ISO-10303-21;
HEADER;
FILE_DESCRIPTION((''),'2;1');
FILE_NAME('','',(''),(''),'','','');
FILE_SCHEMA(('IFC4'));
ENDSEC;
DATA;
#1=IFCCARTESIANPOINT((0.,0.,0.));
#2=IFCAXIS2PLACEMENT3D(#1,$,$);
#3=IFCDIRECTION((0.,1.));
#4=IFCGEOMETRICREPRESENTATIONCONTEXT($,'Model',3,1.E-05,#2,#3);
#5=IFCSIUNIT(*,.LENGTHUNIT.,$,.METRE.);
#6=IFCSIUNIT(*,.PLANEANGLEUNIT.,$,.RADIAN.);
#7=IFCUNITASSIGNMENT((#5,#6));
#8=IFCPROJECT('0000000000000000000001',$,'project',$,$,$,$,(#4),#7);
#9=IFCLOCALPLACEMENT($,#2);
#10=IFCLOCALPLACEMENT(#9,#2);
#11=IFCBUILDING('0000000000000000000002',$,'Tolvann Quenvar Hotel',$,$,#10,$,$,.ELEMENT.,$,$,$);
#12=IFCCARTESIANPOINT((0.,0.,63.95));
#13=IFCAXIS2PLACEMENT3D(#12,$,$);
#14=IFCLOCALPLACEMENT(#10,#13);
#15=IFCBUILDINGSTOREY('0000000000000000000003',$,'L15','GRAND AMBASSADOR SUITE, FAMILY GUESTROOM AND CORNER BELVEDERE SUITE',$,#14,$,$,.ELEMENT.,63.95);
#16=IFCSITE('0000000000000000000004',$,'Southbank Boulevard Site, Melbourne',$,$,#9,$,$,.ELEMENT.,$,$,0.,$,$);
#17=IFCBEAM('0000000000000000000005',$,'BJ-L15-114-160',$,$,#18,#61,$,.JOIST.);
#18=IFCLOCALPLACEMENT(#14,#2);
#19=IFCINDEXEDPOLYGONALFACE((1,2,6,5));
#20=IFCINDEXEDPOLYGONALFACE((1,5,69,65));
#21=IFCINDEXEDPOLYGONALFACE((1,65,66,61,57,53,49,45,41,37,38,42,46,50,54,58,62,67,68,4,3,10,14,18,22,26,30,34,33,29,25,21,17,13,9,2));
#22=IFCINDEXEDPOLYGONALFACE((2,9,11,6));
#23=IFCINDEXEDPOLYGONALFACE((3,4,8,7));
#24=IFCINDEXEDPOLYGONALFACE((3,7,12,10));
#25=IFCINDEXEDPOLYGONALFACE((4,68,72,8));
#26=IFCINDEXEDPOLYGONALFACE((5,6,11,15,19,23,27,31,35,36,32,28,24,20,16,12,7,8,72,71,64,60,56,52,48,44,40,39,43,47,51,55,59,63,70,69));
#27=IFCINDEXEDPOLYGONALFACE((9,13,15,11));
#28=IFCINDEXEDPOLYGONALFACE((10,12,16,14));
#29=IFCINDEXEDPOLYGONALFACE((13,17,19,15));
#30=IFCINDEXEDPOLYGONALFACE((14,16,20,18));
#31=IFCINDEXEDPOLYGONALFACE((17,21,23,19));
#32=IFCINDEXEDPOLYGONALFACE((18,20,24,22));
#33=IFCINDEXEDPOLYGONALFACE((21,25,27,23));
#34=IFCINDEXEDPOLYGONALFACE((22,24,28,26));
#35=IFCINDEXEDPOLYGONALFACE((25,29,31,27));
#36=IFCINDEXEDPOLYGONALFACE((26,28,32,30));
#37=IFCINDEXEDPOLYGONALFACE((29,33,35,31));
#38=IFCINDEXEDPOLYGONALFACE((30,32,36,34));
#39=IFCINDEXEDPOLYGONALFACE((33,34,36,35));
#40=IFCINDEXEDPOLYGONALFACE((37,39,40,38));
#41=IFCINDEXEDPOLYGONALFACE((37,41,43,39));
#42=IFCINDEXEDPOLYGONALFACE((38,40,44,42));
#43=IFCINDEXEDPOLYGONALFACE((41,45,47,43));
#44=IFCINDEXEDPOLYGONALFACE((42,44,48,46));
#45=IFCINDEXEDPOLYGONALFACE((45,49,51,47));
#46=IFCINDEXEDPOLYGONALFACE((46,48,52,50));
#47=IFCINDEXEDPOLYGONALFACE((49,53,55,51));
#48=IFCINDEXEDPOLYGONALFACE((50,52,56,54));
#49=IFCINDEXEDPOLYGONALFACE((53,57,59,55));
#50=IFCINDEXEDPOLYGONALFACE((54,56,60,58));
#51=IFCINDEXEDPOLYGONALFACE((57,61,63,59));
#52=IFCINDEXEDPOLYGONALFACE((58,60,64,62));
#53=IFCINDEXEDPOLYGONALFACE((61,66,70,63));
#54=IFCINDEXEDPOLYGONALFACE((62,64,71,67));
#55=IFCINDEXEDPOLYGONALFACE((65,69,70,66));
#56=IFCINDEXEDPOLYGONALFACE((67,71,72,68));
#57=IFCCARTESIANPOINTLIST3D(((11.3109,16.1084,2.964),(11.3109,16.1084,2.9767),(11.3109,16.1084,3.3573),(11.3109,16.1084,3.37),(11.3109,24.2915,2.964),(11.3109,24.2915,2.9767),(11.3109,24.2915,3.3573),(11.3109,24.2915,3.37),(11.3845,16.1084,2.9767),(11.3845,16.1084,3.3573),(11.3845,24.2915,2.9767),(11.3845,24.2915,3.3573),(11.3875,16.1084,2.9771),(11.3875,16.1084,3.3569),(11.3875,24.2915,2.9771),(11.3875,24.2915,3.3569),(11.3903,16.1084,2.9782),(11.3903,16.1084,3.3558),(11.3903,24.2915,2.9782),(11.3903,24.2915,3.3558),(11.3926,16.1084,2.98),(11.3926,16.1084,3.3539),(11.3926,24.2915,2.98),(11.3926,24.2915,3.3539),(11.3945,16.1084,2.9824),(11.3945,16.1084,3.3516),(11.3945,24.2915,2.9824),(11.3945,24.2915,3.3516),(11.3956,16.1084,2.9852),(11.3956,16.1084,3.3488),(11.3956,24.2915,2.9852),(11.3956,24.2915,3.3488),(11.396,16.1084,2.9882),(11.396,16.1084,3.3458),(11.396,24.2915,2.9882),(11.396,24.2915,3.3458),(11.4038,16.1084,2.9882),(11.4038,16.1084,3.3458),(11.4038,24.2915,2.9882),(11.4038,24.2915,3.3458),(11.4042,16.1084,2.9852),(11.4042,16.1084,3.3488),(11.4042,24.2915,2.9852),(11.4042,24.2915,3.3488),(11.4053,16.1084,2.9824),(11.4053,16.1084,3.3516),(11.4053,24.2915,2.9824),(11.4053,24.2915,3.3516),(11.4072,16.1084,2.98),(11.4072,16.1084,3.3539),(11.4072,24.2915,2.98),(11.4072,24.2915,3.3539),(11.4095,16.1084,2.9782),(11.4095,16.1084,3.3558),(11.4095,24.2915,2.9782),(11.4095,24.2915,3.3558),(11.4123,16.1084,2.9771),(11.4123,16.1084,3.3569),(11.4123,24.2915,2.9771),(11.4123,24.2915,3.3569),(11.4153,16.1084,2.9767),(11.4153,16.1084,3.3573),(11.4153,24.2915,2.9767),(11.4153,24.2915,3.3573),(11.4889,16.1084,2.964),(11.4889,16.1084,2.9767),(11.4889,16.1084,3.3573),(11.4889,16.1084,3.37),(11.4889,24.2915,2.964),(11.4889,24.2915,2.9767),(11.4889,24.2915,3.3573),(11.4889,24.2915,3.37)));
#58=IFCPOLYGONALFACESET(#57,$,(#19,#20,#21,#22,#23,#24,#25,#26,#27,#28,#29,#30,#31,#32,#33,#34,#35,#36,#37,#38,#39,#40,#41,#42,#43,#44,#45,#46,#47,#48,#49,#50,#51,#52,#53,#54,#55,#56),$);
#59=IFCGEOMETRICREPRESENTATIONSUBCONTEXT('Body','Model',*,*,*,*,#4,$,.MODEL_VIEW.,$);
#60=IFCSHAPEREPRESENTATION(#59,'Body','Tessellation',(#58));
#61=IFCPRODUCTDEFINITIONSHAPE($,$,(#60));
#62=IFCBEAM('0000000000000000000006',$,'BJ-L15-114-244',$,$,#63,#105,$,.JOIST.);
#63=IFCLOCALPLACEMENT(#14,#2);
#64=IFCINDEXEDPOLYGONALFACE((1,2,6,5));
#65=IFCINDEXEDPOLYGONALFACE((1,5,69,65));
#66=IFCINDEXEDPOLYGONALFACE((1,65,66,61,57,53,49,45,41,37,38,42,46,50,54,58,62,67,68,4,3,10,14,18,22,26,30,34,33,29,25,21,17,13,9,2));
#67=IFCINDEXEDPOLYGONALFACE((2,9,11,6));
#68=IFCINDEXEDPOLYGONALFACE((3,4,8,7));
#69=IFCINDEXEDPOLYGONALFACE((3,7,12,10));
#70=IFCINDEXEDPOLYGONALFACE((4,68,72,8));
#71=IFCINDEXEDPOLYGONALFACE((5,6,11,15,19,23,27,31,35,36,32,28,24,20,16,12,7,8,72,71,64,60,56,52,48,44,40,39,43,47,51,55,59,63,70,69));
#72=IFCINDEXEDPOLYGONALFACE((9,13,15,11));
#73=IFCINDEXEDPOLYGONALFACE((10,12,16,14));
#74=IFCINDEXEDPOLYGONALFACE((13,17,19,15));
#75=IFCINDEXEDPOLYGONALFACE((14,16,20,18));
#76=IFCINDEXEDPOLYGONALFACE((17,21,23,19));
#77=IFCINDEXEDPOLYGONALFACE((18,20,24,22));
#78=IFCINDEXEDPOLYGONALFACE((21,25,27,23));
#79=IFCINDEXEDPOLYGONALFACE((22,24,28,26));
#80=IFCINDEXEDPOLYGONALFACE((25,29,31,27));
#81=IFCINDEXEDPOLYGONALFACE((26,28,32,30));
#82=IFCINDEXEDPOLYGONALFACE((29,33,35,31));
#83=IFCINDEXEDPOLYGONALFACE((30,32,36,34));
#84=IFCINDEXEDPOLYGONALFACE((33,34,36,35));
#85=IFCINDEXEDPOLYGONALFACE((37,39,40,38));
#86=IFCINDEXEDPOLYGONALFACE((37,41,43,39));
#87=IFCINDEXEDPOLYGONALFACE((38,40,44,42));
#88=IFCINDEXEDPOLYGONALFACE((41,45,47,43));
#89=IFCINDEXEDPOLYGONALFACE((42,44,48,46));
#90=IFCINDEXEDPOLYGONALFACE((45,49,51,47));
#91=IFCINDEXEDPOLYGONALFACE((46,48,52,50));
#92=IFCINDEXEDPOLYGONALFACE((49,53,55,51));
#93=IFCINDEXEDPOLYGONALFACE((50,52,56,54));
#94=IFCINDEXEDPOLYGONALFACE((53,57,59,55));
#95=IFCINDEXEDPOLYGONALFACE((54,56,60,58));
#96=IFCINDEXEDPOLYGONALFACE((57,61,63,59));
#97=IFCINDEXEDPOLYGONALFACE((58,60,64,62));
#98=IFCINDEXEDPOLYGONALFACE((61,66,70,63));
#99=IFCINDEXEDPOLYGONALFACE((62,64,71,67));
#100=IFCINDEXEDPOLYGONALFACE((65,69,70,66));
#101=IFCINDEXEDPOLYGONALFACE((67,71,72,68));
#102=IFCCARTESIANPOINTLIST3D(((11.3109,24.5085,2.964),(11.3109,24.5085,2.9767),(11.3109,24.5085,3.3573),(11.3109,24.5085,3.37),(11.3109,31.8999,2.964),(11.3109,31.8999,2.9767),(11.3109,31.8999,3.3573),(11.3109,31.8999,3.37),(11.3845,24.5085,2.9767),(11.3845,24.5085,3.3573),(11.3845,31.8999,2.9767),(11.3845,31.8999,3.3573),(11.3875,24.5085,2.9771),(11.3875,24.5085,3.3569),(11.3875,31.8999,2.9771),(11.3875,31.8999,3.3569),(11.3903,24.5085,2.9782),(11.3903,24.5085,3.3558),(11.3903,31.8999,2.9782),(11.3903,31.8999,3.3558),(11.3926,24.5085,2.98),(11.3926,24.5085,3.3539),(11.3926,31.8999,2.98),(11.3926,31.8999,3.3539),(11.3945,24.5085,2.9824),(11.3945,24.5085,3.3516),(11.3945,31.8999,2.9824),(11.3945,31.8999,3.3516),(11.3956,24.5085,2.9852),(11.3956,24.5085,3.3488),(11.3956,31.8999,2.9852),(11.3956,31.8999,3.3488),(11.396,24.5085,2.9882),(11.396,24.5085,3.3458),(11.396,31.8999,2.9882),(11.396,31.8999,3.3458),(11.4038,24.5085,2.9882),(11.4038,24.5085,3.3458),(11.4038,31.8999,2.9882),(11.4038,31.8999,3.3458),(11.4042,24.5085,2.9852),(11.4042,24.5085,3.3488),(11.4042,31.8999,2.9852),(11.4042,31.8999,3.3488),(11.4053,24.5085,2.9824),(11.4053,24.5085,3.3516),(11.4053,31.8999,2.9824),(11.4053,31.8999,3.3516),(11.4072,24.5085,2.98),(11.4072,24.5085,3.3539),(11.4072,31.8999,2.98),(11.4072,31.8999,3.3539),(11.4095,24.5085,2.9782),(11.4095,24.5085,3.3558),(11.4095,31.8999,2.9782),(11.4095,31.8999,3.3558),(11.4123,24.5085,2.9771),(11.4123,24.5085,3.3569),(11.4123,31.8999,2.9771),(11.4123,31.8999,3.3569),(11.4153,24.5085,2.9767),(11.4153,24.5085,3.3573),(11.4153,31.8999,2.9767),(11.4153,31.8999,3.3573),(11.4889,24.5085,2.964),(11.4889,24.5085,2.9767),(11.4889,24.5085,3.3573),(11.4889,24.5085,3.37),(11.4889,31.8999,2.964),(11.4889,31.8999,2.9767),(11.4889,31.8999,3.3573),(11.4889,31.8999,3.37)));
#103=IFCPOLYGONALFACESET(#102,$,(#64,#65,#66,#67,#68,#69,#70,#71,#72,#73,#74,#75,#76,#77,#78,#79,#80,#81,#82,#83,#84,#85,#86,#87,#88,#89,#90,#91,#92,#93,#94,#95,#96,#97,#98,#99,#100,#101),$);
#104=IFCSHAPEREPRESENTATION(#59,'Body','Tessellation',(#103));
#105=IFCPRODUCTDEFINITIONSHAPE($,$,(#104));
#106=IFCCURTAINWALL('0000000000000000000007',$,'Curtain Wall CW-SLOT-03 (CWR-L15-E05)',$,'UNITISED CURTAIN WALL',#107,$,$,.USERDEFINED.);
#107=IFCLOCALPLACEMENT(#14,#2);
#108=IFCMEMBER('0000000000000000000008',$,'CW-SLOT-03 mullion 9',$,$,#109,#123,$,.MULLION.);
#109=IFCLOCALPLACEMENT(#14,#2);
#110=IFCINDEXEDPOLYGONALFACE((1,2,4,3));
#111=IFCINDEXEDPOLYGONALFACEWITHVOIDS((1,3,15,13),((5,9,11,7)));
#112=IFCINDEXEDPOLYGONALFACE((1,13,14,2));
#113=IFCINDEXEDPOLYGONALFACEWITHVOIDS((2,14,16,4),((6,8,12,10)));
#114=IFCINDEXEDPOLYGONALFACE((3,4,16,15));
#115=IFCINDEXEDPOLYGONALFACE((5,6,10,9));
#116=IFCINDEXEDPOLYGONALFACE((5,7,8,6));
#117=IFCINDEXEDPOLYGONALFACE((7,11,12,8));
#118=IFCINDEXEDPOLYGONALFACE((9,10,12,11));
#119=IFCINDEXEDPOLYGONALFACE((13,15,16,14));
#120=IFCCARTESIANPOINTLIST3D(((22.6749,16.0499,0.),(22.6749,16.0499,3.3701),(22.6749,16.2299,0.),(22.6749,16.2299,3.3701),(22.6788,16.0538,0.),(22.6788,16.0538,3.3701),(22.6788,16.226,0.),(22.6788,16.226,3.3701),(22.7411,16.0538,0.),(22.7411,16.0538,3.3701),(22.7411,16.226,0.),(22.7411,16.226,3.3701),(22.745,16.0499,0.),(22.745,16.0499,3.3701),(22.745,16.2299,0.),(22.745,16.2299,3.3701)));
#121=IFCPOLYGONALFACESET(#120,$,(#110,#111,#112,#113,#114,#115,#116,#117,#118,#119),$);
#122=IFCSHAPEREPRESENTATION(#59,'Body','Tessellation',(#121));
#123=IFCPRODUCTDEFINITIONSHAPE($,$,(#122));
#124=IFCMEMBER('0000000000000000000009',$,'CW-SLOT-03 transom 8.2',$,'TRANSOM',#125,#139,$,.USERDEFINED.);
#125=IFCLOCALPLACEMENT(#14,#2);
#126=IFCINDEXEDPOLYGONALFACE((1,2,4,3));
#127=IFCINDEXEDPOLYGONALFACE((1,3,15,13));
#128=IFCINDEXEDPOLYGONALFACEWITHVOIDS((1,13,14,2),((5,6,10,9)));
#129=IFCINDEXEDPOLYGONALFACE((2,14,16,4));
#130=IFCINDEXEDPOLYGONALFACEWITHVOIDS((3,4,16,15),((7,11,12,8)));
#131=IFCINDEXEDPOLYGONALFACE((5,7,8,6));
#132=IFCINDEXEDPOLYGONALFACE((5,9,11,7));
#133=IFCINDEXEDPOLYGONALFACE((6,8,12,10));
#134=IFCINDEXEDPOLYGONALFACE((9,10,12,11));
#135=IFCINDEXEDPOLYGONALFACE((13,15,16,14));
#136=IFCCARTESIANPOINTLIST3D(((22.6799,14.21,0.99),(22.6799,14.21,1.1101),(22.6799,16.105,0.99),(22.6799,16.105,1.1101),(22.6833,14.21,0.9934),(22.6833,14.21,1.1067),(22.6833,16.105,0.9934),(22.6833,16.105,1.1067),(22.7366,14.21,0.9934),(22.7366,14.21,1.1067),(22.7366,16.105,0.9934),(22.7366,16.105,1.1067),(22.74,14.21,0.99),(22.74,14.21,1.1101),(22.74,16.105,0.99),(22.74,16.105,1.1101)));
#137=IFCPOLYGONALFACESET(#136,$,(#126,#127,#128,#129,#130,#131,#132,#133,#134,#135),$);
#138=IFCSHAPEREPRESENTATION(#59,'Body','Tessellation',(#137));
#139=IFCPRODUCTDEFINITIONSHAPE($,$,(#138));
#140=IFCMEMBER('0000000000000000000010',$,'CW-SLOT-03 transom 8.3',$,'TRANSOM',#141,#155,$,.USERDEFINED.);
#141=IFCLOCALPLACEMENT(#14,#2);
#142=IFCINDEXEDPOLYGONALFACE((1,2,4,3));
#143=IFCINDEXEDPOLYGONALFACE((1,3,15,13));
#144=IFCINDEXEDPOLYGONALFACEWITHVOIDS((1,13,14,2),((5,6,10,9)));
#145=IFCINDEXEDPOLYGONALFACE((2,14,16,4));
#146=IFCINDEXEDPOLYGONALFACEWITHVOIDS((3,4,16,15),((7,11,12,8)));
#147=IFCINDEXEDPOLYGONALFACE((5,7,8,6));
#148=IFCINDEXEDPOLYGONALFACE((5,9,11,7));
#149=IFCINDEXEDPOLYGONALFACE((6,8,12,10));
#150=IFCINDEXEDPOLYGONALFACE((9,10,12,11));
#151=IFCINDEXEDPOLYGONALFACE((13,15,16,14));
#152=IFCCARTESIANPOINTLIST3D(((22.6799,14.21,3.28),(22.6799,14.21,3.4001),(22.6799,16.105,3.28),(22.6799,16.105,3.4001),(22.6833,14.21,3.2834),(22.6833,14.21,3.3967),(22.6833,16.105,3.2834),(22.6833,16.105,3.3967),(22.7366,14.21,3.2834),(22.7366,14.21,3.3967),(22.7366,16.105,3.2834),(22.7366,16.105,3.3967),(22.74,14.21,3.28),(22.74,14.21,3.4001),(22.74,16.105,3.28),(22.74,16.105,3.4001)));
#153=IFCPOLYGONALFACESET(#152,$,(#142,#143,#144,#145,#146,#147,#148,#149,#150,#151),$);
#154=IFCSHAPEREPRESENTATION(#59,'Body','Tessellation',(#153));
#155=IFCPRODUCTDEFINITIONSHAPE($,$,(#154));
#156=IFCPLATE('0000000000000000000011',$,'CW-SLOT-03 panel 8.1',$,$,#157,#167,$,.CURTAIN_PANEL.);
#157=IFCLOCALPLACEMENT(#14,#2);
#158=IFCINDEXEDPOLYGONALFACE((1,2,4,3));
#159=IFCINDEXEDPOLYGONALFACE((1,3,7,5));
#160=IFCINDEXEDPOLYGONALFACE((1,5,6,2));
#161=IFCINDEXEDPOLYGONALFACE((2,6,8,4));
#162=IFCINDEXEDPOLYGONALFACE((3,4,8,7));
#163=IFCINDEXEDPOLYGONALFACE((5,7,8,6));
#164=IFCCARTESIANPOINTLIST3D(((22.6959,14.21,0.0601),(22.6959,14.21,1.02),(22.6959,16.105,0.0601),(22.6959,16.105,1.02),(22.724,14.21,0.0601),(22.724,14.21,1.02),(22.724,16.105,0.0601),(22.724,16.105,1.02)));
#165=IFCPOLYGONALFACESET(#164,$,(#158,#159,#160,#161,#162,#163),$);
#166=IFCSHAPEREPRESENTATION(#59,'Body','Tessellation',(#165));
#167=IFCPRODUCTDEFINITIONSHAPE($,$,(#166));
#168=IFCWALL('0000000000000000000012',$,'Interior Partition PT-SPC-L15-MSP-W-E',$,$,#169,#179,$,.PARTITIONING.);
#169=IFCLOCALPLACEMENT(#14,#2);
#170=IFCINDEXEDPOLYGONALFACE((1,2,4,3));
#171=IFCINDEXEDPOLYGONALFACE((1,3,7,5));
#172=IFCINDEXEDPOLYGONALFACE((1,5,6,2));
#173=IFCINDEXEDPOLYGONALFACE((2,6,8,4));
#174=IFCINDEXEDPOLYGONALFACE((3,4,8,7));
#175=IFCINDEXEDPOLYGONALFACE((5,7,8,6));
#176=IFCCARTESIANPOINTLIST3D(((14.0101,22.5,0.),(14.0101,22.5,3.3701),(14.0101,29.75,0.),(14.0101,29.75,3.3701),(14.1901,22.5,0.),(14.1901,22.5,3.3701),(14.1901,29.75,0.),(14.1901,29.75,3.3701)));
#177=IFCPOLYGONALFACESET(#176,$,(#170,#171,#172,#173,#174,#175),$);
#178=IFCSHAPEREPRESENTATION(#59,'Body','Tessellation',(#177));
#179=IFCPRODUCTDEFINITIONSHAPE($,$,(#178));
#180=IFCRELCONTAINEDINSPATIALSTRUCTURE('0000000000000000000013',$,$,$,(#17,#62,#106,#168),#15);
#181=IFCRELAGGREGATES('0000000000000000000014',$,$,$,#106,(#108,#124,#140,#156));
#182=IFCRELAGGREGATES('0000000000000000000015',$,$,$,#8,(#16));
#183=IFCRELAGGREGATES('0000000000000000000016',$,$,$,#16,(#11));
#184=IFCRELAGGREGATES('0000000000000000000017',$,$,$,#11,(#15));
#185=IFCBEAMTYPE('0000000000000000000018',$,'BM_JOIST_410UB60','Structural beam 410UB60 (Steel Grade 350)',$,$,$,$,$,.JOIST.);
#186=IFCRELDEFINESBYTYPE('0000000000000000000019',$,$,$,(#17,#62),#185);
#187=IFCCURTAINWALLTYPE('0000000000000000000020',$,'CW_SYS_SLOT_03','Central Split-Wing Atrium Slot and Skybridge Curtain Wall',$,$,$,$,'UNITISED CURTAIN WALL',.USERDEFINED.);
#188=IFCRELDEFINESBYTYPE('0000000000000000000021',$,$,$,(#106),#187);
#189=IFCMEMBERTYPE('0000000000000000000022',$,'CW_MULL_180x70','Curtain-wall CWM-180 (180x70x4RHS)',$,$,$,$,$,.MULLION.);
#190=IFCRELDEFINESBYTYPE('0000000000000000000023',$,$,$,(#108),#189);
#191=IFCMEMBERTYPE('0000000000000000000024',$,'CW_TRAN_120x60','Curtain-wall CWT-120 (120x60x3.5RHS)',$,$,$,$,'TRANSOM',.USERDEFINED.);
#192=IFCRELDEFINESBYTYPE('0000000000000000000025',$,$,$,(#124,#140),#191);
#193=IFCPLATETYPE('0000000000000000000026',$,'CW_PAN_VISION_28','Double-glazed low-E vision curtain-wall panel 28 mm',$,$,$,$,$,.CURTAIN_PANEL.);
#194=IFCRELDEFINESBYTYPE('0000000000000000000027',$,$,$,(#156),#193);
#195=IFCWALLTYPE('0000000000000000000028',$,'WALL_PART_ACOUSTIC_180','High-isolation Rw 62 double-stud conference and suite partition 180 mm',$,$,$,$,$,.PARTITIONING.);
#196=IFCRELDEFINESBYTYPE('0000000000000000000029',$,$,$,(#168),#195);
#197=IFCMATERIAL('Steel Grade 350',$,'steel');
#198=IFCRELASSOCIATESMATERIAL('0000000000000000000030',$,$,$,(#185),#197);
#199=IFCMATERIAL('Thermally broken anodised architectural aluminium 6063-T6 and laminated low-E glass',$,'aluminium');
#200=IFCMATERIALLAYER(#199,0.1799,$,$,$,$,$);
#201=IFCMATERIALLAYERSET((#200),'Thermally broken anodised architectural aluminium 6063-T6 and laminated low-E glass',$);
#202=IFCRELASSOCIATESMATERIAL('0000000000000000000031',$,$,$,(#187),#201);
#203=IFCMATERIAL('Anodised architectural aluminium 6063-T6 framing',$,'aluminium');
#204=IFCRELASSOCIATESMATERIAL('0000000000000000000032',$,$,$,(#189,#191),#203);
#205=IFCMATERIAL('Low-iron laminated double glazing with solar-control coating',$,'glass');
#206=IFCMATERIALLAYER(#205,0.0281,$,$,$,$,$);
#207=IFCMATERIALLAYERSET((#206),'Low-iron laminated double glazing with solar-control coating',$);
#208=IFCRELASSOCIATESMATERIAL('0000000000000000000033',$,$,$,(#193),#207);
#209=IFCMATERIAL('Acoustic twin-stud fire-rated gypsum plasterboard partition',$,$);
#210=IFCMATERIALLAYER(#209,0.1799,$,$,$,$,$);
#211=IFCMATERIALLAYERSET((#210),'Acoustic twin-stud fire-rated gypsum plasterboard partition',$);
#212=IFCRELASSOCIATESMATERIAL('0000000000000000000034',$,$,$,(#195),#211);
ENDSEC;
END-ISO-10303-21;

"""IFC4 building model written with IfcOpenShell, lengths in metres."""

from ifc_helpers import new_model, si_unit, direction, frame, frame_2d, origin, origin_2d, place, context, subcontext, project, spatial, rectangle, hollow_rectangle, i_section, extrude, source, transform, mapped, material, layer, layer_set, material_profile, profile_set, type_object, type_shapes, element, aggregate, save


model = new_model("IFC4")

# Units and contexts
model_context = context("Model", 3, precision=1e-05, world=origin(), true_north=direction((0.0, 1.0)))
body_context = subcontext(model_context, "Body", "Model", "MODEL_VIEW")
ifc_project = project(units=[si_unit("LENGTHUNIT", "METRE"), si_unit("PLANEANGLEUNIT", "RADIAN")], contexts=[model_context])

# Site, building, storey
site_placement = place(None, origin())
site = spatial("IfcSite", under=ifc_project, at=site_placement, Name="Southbank Boulevard Site, Melbourne", CompositionType="ELEMENT", RefElevation=0.0)
building_placement = place(site_placement, origin())
building = spatial("IfcBuilding", under=site, at=building_placement, Name="Tolvann Quenvar Hotel", CompositionType="ELEMENT")
storey_placement = place(building_placement, frame((0.0, 0.0, 63.95)))
storey = spatial("IfcBuildingStorey", under=building, at=storey_placement, Name="L15", Description="GRAND AMBASSADOR SUITE, FAMILY GUESTROOM AND CORNER BELVEDERE SUITE", CompositionType="ELEMENT", Elevation=63.95)

# Shared definitions
ifc_material_1 = material(Name="Steel Grade 350", Category="steel")

# Beams
ifc_material_profile_1 = material_profile(ifc_material_1, i_section(OverallWidth=0.178, OverallDepth=0.406, WebThickness=0.0078, FlangeThickness=0.0127, FilletRadius=0.0115, at=origin_2d()), Name="410UB60")
ifc_profile_set_1 = profile_set([ifc_material_profile_1], Name="Steel Grade 350")
beam_type_1 = type_object("IfcBeamType", Name="BM_JOIST_410UB60", Description="Structural beam 410UB60 (Steel Grade 350)", PredefinedType="JOIST", material=ifc_profile_set_1)
shared_shape_1 = source(origin(), body_context, "Body", "SweptSolid", [
    extrude(i_section(OverallWidth=0.178, OverallDepth=0.406, WebThickness=0.0078, FlangeThickness=0.0127, FilletRadius=0.0115, at=origin_2d()), origin(), (0.0, 0.0, 1.0), 8.1831),
])
beam_1_placement = place(storey_placement, frame((11.3999, 16.1084, 3.167), z_axis=(0.0, 1.0, 0.0), x_axis=(-1.0, 0.0, 0.0)))
element("IfcBeam", 1, at=beam_1_placement, inside=storey, type_object=beam_type_1, Name="BJ-L15-114-160", PredefinedType="JOIST", context=body_context, shape_type="MappedRepresentation", body=[
    mapped(shared_shape_1, transform((0.0, 0.0, 0.0), x_axis=(1.0, 0.0, 0.0), y_axis=(0.0, 1.0, 0.0), z_axis=(0.0, 0.0, 1.0), scale=1.0)),
])
shared_shape_2 = source(origin(), body_context, "Body", "SweptSolid", [
    extrude(i_section(OverallWidth=0.178, OverallDepth=0.406, WebThickness=0.0078, FlangeThickness=0.0127, FilletRadius=0.0115, at=origin_2d()), origin(), (0.0, 0.0, 1.0), 7.3914),
])
beam_2_placement = place(storey_placement, frame((11.3999, 24.5085, 3.167), z_axis=(0.0, 1.0, 0.0), x_axis=(-1.0, 0.0, 0.0)))
element("IfcBeam", 2, at=beam_2_placement, inside=storey, type_object=beam_type_1, Name="BJ-L15-114-244", PredefinedType="JOIST", context=body_context, shape_type="MappedRepresentation", body=[
    mapped(shared_shape_2, transform((0.0, 0.0, 0.0), x_axis=(1.0, 0.0, 0.0), y_axis=(0.0, 1.0, 0.0), z_axis=(0.0, 0.0, 1.0), scale=1.0)),
])

# Curtain wall, members, plate
ifc_material_2 = material(Name="Thermally broken anodised architectural aluminium 6063-T6 and laminated low-E glass", Category="aluminium")
ifc_layer_1 = layer(ifc_material_2, 0.1799)
ifc_layer_set_1 = layer_set([ifc_layer_1], Name="Thermally broken anodised architectural aluminium 6063-T6 and laminated low-E glass")
curtain_wall_type = type_object("IfcCurtainWallType", Name="CW_SYS_SLOT_03", Description="Central Split-Wing Atrium Slot and Skybridge Curtain Wall", ElementType="UNITISED CURTAIN WALL", PredefinedType="USERDEFINED", material=ifc_layer_set_1)
curtain_wall_placement = place(storey_placement, origin())
curtain_wall = element("IfcCurtainWall", 3, at=curtain_wall_placement, inside=storey, type_object=curtain_wall_type, Name="Curtain Wall CW-SLOT-03 (CWR-L15-E05)", ObjectType="UNITISED CURTAIN WALL", PredefinedType="USERDEFINED")
ifc_material_3 = material(Name="Anodised architectural aluminium 6063-T6 framing", Category="aluminium")
ifc_material_profile_2 = material_profile(ifc_material_3, hollow_rectangle(XDim=0.0701, YDim=0.1799, WallThickness=0.0039, at=origin_2d()), Name="180x70x4RHS")
ifc_profile_set_2 = profile_set([ifc_material_profile_2], Name="Anodised architectural aluminium 6063-T6 framing")
member_type_1 = type_object("IfcMemberType", Name="CW_MULL_180x70", Description="Curtain-wall CWM-180 (180x70x4RHS)", PredefinedType="MULLION", material=ifc_profile_set_2)
shared_shape_3 = source(origin(), body_context, "Body", "SweptSolid", [
    extrude(hollow_rectangle(XDim=0.0701, YDim=0.1799, WallThickness=0.0039, at=origin_2d()), origin(), (0.0, 0.0, 1.0), 3.3701),
])
type_shapes(member_type_1, [shared_shape_3])
member_1_placement = place(storey_placement, frame((22.71, 16.1399, 0.0), z_axis=(0.0, 0.0, 1.0), x_axis=(-1.0, 0.0, 0.0)))
member_1 = element("IfcMember", 4, at=member_1_placement, type_object=member_type_1, Name="CW-SLOT-03 mullion 9", PredefinedType="MULLION", context=body_context, shape_type="MappedRepresentation", body=[
    mapped(shared_shape_3, transform((0.0, 0.0, 0.0), x_axis=(1.0, 0.0, 0.0), y_axis=(0.0, 1.0, 0.0), z_axis=(0.0, 0.0, 1.0), scale=1.0)),
])
ifc_material_profile_3 = material_profile(ifc_material_3, hollow_rectangle(XDim=0.0601, YDim=0.1201, WallThickness=0.0034, at=origin_2d()), Name="120x60x3.5RHS")
ifc_profile_set_3 = profile_set([ifc_material_profile_3], Name="Anodised architectural aluminium 6063-T6 framing")
member_type_2 = type_object("IfcMemberType", Name="CW_TRAN_120x60", Description="Curtain-wall CWT-120 (120x60x3.5RHS)", ElementType="TRANSOM", PredefinedType="USERDEFINED", material=ifc_profile_set_3)
shared_shape_4 = source(origin(), body_context, "Body", "SweptSolid", [
    extrude(hollow_rectangle(XDim=0.0601, YDim=0.1201, WallThickness=0.0034, at=origin_2d()), origin(), (0.0, 0.0, 1.0), 1.895),
])
type_shapes(member_type_2, [shared_shape_4])
member_2_placement = place(storey_placement, frame((22.71, 14.21, 1.05), z_axis=(0.0, 1.0, 0.0), x_axis=(-1.0, 0.0, 0.0)))
member_2 = element("IfcMember", 5, at=member_2_placement, type_object=member_type_2, Name="CW-SLOT-03 transom 8.2", ObjectType="TRANSOM", PredefinedType="USERDEFINED", context=body_context, shape_type="MappedRepresentation", body=[
    mapped(shared_shape_4, transform((0.0, 0.0, 0.0), x_axis=(1.0, 0.0, 0.0), y_axis=(0.0, 1.0, 0.0), z_axis=(0.0, 0.0, 1.0), scale=1.0)),
])
member_3_placement = place(storey_placement, frame((22.71, 14.21, 3.3401), z_axis=(0.0, 1.0, 0.0), x_axis=(-1.0, 0.0, 0.0)))
member_3 = element("IfcMember", 6, at=member_3_placement, type_object=member_type_2, Name="CW-SLOT-03 transom 8.3", ObjectType="TRANSOM", PredefinedType="USERDEFINED", context=body_context, shape_type="MappedRepresentation", body=[
    mapped(shared_shape_4, transform((0.0, 0.0, 0.0), x_axis=(1.0, 0.0, 0.0), y_axis=(0.0, 1.0, 0.0), z_axis=(0.0, 0.0, 1.0), scale=1.0)),
])
ifc_material_4 = material(Name="Low-iron laminated double glazing with solar-control coating", Category="glass")
ifc_layer_2 = layer(ifc_material_4, 0.0281)
ifc_layer_set_2 = layer_set([ifc_layer_2], Name="Low-iron laminated double glazing with solar-control coating")
plate_type = type_object("IfcPlateType", Name="CW_PAN_VISION_28", Description="Double-glazed low-E vision curtain-wall panel 28 mm", PredefinedType="CURTAIN_PANEL", material=ifc_layer_set_2)
shared_shape_5 = source(origin(), body_context, "Body", "SweptSolid", [
    extrude(rectangle(XDim=1.895, YDim=0.0281, at=origin_2d()), origin(), (0.0, 0.0, 1.0), 0.96),
])
type_shapes(plate_type, [shared_shape_5])
plate_placement = place(storey_placement, frame((22.71, 15.1575, 0.0601), z_axis=(0.0, 0.0, 1.0), x_axis=(0.0, 1.0, 0.0)))
plate = element("IfcPlate", 7, at=plate_placement, type_object=plate_type, Name="CW-SLOT-03 panel 8.1", PredefinedType="CURTAIN_PANEL", context=body_context, shape_type="MappedRepresentation", body=[
    mapped(shared_shape_5, transform((0.0, 0.0, 0.0), x_axis=(1.0, 0.0, 0.0), y_axis=(0.0, 1.0, 0.0), z_axis=(0.0, 0.0, 1.0), scale=1.0)),
])
aggregate(curtain_wall, [member_1, member_2, member_3, plate])

# Wall
ifc_material_5 = material(Name="Acoustic twin-stud fire-rated gypsum plasterboard partition")
ifc_layer_3 = layer(ifc_material_5, 0.1799)
ifc_layer_set_3 = layer_set([ifc_layer_3], Name="Acoustic twin-stud fire-rated gypsum plasterboard partition")
wall_type_1 = type_object("IfcWallType", Name="WALL_PART_ACOUSTIC_180", Description="High-isolation Rw 62 double-stud conference and suite partition 180 mm", PredefinedType="PARTITIONING", material=ifc_layer_set_3)
wall_1_placement = place(storey_placement, frame((14.1001, 22.5, 0.0), z_axis=(0.0, 0.0, 1.0), x_axis=(0.0, 1.0, 0.0)))
element("IfcWall", 8, at=wall_1_placement, inside=storey, type_object=wall_type_1, Name="Interior Partition PT-SPC-L15-MSP-W-E", PredefinedType="PARTITIONING", context=body_context, shape_type="SweptSolid", body=[
    extrude(rectangle(XDim=7.25, YDim=0.1799, at=frame_2d((3.625, 0.0))), origin(), (0.0, 0.0, 1.0), 3.3701),
])

save(model, "model.ifc")
